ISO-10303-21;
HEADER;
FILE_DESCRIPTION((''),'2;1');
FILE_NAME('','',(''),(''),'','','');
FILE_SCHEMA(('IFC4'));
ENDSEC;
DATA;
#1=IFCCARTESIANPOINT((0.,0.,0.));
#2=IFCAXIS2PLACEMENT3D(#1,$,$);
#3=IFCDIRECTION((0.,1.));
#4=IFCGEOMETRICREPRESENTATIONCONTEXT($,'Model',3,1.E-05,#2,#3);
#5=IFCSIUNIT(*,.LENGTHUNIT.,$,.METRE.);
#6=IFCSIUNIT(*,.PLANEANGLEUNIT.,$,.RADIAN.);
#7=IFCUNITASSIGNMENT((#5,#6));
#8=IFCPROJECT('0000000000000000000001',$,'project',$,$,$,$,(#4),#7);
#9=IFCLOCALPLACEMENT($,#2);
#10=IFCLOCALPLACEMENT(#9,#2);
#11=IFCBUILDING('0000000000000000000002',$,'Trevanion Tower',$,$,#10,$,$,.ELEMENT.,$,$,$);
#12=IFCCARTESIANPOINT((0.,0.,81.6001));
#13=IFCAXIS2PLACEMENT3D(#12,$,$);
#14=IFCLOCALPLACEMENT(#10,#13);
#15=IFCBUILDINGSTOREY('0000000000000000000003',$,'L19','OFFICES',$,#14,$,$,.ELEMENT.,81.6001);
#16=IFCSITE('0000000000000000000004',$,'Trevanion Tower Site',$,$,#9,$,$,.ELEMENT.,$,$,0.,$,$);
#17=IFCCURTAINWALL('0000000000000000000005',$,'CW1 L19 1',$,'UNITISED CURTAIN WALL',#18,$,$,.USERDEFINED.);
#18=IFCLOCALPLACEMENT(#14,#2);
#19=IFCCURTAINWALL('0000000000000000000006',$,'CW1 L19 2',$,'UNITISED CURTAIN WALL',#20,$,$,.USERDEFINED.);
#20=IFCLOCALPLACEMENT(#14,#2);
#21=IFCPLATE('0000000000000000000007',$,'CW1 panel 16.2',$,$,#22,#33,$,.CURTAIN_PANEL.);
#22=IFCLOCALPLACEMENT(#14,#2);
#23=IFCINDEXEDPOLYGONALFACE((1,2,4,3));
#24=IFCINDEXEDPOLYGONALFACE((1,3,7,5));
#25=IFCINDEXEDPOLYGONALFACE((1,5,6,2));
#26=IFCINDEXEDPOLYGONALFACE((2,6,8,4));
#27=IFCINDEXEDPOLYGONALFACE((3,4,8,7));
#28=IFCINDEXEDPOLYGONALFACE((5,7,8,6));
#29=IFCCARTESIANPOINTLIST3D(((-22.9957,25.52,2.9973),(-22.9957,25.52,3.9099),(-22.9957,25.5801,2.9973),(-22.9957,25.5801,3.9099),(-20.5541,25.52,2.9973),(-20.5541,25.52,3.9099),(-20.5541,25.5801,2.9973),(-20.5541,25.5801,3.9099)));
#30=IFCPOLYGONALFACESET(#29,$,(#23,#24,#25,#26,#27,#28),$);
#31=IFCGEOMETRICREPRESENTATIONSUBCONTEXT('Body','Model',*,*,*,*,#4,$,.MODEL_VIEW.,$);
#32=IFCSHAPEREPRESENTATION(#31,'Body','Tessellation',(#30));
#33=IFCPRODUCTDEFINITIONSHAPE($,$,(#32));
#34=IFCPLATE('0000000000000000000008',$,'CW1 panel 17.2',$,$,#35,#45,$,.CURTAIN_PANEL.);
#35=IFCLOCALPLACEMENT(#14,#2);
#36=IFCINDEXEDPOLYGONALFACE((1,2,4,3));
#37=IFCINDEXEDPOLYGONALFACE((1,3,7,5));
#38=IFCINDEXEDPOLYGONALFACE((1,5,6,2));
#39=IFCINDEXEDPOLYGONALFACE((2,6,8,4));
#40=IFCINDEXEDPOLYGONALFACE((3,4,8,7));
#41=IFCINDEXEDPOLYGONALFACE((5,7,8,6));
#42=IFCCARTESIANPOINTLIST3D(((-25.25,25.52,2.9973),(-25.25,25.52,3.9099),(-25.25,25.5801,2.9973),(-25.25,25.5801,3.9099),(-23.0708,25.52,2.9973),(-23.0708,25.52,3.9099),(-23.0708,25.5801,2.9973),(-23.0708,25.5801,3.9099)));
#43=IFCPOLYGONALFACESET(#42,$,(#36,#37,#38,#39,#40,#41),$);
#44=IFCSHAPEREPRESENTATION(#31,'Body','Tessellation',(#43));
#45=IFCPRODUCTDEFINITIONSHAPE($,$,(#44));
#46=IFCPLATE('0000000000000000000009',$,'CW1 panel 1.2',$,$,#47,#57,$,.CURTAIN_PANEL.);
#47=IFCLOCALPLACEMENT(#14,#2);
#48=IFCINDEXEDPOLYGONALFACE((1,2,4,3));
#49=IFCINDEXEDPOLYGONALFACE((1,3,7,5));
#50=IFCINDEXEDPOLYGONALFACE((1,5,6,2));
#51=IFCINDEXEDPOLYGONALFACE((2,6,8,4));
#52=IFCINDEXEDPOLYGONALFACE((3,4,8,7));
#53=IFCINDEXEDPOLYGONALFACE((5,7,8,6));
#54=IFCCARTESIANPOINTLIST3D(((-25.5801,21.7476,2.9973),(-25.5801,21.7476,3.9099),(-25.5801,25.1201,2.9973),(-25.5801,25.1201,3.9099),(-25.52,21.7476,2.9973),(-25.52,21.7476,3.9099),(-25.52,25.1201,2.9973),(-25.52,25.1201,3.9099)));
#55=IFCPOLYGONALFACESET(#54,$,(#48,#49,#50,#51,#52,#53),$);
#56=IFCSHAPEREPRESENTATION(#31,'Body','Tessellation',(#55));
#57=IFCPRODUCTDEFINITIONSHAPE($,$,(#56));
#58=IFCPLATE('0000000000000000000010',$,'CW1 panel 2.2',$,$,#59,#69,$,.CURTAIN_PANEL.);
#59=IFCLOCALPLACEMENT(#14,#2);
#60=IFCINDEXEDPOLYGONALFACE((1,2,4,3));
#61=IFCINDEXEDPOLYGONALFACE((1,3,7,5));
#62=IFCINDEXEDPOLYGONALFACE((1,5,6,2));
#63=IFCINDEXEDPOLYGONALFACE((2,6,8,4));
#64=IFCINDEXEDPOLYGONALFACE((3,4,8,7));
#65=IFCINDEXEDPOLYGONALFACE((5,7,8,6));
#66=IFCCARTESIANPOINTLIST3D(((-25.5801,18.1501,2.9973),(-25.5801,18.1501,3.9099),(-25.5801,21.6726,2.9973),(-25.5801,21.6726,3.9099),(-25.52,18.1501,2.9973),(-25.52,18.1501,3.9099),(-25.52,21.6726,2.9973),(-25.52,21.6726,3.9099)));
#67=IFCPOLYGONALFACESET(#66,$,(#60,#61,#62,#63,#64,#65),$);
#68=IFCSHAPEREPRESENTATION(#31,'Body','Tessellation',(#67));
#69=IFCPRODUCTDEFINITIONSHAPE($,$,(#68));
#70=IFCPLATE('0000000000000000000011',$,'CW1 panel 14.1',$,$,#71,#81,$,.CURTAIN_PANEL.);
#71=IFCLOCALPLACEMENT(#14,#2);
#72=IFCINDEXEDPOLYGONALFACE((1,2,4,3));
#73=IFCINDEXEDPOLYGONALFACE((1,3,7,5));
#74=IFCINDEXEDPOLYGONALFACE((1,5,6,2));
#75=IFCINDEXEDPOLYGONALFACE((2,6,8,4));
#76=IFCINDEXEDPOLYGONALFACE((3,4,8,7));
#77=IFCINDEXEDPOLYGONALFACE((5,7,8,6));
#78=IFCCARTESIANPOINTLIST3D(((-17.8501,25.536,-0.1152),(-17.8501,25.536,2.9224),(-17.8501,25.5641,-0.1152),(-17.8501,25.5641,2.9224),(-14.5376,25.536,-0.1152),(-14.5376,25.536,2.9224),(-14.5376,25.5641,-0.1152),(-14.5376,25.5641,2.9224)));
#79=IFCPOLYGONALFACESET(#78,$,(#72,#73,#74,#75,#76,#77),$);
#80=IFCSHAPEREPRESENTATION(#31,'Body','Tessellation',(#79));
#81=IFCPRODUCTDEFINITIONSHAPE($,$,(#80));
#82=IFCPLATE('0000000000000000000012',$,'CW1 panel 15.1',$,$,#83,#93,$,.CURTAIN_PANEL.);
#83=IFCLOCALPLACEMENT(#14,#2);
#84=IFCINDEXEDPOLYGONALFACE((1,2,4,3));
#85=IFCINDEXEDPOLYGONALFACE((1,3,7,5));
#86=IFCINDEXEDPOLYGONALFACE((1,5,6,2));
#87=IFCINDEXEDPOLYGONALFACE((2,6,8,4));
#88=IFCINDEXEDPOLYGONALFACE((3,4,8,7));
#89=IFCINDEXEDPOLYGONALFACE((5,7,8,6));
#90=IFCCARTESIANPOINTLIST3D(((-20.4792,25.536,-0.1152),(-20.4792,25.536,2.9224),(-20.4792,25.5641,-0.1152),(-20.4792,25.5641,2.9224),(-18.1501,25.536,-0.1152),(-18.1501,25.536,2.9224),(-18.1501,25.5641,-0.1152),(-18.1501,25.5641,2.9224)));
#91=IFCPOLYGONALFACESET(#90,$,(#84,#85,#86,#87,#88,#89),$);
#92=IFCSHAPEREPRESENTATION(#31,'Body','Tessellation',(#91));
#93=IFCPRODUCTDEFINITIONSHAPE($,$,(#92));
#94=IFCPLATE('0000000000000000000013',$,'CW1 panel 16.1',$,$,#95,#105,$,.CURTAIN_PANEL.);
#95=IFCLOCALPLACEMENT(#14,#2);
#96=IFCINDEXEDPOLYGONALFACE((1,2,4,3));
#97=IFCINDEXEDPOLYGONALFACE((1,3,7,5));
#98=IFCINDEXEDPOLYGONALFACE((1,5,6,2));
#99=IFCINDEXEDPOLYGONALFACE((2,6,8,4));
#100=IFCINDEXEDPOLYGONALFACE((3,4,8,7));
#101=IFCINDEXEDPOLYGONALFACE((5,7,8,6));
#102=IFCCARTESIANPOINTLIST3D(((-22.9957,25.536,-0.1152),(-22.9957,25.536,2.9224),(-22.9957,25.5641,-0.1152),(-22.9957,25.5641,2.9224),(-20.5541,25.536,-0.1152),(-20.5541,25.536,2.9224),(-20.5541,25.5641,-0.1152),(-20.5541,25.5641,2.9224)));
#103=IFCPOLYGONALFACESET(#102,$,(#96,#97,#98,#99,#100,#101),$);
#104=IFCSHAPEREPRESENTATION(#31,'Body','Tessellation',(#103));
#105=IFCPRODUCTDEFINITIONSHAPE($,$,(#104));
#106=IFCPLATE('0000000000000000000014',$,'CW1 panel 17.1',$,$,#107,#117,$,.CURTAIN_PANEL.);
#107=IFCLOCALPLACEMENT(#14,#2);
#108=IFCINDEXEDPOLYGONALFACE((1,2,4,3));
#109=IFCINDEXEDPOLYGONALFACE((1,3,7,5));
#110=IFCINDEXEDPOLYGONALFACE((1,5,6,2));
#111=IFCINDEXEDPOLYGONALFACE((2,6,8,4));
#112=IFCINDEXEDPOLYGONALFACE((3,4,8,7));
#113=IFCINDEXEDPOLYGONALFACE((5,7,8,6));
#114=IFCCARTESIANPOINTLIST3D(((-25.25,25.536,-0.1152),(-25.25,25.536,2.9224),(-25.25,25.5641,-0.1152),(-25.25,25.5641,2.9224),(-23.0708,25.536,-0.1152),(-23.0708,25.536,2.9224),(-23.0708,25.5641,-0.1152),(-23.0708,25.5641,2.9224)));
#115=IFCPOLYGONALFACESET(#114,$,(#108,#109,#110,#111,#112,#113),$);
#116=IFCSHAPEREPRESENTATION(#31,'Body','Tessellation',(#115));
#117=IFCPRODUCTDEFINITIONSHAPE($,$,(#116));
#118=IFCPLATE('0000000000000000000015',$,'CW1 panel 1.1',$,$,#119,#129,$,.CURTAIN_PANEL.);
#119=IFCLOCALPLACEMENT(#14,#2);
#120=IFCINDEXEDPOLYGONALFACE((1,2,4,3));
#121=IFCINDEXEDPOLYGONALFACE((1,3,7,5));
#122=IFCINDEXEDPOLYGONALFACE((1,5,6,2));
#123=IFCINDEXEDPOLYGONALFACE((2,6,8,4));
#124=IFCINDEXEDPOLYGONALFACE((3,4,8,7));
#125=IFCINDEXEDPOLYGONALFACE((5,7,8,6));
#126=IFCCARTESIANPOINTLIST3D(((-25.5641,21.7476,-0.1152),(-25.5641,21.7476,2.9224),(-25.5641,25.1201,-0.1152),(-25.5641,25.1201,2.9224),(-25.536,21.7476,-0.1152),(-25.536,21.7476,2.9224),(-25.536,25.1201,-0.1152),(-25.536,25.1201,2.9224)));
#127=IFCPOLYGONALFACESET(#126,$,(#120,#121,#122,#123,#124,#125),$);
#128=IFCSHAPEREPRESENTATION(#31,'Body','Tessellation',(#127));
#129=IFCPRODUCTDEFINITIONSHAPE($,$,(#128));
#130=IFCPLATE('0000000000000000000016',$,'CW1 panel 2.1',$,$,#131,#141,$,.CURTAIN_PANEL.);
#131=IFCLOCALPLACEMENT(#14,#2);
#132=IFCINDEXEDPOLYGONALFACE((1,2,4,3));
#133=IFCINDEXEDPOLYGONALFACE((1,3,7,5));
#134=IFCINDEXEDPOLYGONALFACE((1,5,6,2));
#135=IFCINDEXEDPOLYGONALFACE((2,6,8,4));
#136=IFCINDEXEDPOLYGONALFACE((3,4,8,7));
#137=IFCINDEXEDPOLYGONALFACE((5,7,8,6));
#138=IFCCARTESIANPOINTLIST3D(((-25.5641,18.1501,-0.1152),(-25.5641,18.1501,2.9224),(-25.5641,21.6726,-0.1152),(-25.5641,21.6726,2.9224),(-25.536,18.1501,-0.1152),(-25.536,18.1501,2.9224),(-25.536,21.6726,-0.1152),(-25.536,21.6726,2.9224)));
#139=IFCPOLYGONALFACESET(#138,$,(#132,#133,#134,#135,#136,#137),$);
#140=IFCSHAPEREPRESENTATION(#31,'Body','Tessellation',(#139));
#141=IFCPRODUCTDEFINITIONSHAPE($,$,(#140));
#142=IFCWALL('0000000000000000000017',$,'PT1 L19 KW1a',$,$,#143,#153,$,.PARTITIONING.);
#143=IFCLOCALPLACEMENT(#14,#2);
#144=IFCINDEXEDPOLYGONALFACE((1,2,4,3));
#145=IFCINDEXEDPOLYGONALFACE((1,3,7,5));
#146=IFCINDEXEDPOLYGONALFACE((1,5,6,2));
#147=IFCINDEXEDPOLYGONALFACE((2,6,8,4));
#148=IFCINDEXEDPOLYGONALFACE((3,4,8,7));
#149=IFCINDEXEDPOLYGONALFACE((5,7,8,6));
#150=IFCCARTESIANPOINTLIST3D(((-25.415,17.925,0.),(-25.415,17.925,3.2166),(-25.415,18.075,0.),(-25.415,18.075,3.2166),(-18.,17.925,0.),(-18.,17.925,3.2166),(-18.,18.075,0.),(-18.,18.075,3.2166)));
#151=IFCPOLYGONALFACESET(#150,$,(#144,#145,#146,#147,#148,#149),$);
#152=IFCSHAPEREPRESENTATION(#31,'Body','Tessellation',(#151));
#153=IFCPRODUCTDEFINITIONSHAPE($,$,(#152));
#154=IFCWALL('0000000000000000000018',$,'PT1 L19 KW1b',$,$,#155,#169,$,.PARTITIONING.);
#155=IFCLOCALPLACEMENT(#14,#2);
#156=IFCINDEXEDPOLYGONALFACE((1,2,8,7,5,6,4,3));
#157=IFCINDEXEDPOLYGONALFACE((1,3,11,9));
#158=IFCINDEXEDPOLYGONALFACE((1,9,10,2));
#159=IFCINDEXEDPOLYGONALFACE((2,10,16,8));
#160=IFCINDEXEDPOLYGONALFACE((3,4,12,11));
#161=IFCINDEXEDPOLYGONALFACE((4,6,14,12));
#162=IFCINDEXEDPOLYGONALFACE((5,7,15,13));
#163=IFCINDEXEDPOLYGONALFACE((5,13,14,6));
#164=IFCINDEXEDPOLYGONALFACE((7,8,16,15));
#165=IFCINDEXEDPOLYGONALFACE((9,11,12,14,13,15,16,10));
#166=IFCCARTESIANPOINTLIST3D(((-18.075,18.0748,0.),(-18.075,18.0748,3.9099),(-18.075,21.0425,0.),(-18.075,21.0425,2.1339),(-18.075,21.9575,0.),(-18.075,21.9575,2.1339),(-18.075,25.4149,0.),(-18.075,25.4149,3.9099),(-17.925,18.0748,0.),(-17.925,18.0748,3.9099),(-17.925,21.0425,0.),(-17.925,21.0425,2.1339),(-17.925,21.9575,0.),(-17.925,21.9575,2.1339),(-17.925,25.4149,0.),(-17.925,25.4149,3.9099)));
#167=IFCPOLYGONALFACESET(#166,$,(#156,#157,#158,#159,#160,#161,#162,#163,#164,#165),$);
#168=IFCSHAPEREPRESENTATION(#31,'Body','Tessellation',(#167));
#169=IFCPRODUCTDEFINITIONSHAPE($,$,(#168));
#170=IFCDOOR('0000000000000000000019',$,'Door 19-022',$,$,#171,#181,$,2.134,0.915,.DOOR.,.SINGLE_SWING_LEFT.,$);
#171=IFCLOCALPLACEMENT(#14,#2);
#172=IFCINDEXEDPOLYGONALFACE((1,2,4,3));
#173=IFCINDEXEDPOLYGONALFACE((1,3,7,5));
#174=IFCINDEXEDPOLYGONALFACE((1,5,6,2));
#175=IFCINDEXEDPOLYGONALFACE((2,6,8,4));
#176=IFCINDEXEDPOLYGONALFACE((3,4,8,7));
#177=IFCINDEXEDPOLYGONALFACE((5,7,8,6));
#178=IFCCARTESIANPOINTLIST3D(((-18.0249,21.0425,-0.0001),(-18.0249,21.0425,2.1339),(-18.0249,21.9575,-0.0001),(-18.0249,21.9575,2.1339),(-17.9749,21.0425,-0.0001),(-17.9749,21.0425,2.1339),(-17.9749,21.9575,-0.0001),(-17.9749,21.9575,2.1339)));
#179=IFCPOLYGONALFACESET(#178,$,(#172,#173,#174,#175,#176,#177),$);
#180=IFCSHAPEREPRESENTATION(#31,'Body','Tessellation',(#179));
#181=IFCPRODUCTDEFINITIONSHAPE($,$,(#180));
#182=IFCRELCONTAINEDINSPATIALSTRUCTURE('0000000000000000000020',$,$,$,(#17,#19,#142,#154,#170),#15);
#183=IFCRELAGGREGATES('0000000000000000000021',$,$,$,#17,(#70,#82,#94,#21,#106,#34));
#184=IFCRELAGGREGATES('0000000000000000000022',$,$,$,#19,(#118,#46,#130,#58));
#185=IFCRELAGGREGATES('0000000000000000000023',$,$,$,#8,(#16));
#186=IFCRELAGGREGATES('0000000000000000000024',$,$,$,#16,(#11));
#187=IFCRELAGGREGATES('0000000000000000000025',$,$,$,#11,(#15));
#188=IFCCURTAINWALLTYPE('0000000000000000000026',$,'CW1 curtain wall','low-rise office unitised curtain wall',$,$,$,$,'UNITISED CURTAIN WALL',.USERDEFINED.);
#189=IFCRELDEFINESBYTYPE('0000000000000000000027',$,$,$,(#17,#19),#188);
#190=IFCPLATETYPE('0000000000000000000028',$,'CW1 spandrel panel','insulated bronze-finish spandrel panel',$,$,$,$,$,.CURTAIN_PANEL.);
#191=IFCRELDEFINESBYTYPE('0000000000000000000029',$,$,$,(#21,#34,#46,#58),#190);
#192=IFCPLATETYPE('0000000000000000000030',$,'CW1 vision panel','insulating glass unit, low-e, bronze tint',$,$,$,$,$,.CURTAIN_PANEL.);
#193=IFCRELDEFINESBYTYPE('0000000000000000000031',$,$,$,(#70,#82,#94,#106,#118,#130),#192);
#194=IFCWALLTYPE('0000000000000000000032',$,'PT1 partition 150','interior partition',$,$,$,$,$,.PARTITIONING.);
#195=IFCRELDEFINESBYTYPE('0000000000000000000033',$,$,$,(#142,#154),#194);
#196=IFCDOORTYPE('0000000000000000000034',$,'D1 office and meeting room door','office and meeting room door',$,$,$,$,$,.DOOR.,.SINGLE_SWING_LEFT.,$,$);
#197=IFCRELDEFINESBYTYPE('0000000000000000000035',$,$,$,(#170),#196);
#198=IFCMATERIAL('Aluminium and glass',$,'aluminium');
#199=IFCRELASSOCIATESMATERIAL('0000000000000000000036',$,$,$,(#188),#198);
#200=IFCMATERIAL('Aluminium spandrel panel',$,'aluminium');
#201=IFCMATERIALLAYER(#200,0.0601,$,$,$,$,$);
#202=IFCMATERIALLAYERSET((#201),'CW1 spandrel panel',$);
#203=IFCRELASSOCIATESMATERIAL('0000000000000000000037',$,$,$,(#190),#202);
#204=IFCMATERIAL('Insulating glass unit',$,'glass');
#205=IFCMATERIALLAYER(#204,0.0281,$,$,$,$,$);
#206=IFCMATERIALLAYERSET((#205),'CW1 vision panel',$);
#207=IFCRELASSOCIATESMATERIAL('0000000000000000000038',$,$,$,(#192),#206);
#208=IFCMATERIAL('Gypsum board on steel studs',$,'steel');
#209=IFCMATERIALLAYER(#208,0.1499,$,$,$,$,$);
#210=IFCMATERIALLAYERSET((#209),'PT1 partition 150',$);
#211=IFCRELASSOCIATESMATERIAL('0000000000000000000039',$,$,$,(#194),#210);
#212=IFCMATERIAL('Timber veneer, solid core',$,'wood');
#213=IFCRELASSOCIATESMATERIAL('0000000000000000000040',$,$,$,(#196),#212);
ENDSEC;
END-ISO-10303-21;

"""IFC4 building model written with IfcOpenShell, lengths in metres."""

from ifc_helpers import new_model, si_unit, direction, frame, frame_2d, origin, origin_2d, place, context, subcontext, project, spatial, rectangle, extrude, material, layer, layer_set, type_object, element, fill, aggregate, save


model = new_model("IFC4")

# Units and contexts
model_context = context("Model", 3, precision=1e-05, world=origin(), true_north=direction((0.0, 1.0)))
body_context = subcontext(model_context, "Body", "Model", "MODEL_VIEW")
ifc_project = project(units=[si_unit("LENGTHUNIT", "METRE"), si_unit("PLANEANGLEUNIT", "RADIAN")], contexts=[model_context])

# Site, building, storey
site_placement = place(None, origin())
site = spatial("IfcSite", under=ifc_project, at=site_placement, Name="Trevanion Tower Site", CompositionType="ELEMENT", RefElevation=0.0)
building_placement = place(site_placement, origin())
building = spatial("IfcBuilding", under=site, at=building_placement, Name="Trevanion Tower", CompositionType="ELEMENT")
storey_placement = place(building_placement, frame((0.0, 0.0, 81.6001)))
storey = spatial("IfcBuildingStorey", under=building, at=storey_placement, Name="L19", Description="OFFICES", CompositionType="ELEMENT", Elevation=81.6001)

# Curtain wall
ifc_material_1 = material(Name="Aluminium and glass", Category="aluminium")
curtain_wall_type = type_object("IfcCurtainWallType", Name="CW1 curtain wall", Description="low-rise office unitised curtain wall", ElementType="UNITISED CURTAIN WALL", PredefinedType="USERDEFINED", material=ifc_material_1)
curtain_wall_1_placement = place(storey_placement, origin())
curtain_wall_1 = element("IfcCurtainWall", 1, at=curtain_wall_1_placement, inside=storey, type_object=curtain_wall_type, Name="CW1 L19 1", ObjectType="UNITISED CURTAIN WALL", PredefinedType="USERDEFINED")

# Curtain wall
curtain_wall_2_placement = place(storey_placement, origin())
curtain_wall_2 = element("IfcCurtainWall", 2, at=curtain_wall_2_placement, inside=storey, type_object=curtain_wall_type, Name="CW1 L19 2", ObjectType="UNITISED CURTAIN WALL", PredefinedType="USERDEFINED")

# Plates
ifc_material_2 = material(Name="Aluminium spandrel panel", Category="aluminium")
ifc_layer_1 = layer(ifc_material_2, 0.0601)
ifc_layer_set_1 = layer_set([ifc_layer_1], Name="CW1 spandrel panel")
plate_type_1 = type_object("IfcPlateType", Name="CW1 spandrel panel", Description="insulated bronze-finish spandrel panel", PredefinedType="CURTAIN_PANEL", material=ifc_layer_set_1)
plate_1_placement = place(storey_placement, frame((-21.7749, 25.55, 2.9973), z_axis=(0.0, 0.0, 1.0), x_axis=(-1.0, 0.0, 0.0)))
plate_1 = element("IfcPlate", 3, at=plate_1_placement, type_object=plate_type_1, Name="CW1 panel 16.2", PredefinedType="CURTAIN_PANEL", context=body_context, shape_type="SweptSolid", body=[
    extrude(rectangle(XDim=2.4417, YDim=0.0601, at=origin_2d()), origin(), (0.0, 0.0, 1.0), 0.9126),
])
plate_2_placement = place(storey_placement, frame((-24.1604, 25.55, 2.9973), z_axis=(0.0, 0.0, 1.0), x_axis=(-1.0, 0.0, 0.0)))
plate_2 = element("IfcPlate", 4, at=plate_2_placement, type_object=plate_type_1, Name="CW1 panel 17.2", PredefinedType="CURTAIN_PANEL", context=body_context, shape_type="SweptSolid", body=[
    extrude(rectangle(XDim=2.1792, YDim=0.0601, at=origin_2d()), origin(), (0.0, 0.0, 1.0), 0.9126),
])
plate_3_placement = place(storey_placement, frame((-25.55, 23.4338, 2.9973), z_axis=(0.0, 0.0, 1.0), x_axis=(0.0, -1.0, 0.0)))
plate_3 = element("IfcPlate", 5, at=plate_3_placement, type_object=plate_type_1, Name="CW1 panel 1.2", PredefinedType="CURTAIN_PANEL", context=body_context, shape_type="SweptSolid", body=[
    extrude(rectangle(XDim=3.3726, YDim=0.0601, at=origin_2d()), origin(), (0.0, 0.0, 1.0), 0.9126),
])
plate_4_placement = place(storey_placement, frame((-25.55, 19.9114, 2.9973), z_axis=(0.0, 0.0, 1.0), x_axis=(0.0, -1.0, 0.0)))
plate_4 = element("IfcPlate", 6, at=plate_4_placement, type_object=plate_type_1, Name="CW1 panel 2.2", PredefinedType="CURTAIN_PANEL", context=body_context, shape_type="SweptSolid", body=[
    extrude(rectangle(XDim=3.5225, YDim=0.0601, at=origin_2d()), origin(), (0.0, 0.0, 1.0), 0.9126),
])
ifc_material_3 = material(Name="Insulating glass unit", Category="glass")
ifc_layer_2 = layer(ifc_material_3, 0.0281)
ifc_layer_set_2 = layer_set([ifc_layer_2], Name="CW1 vision panel")
plate_type_2 = type_object("IfcPlateType", Name="CW1 vision panel", Description="insulating glass unit, low-e, bronze tint", PredefinedType="CURTAIN_PANEL", material=ifc_layer_set_2)
plate_5_placement = place(storey_placement, frame((-16.1938, 25.55, -0.1152), z_axis=(0.0, 0.0, 1.0), x_axis=(-1.0, 0.0, 0.0)))
plate_5 = element("IfcPlate", 7, at=plate_5_placement, type_object=plate_type_2, Name="CW1 panel 14.1", PredefinedType="CURTAIN_PANEL", context=body_context, shape_type="SweptSolid", body=[
    extrude(rectangle(XDim=3.3125, YDim=0.0281, at=origin_2d()), origin(), (0.0, 0.0, 1.0), 3.0376),
])
plate_6_placement = place(storey_placement, frame((-19.3147, 25.55, -0.1152), z_axis=(0.0, 0.0, 1.0), x_axis=(-1.0, 0.0, 0.0)))
plate_6 = element("IfcPlate", 8, at=plate_6_placement, type_object=plate_type_2, Name="CW1 panel 15.1", PredefinedType="CURTAIN_PANEL", context=body_context, shape_type="SweptSolid", body=[
    extrude(rectangle(XDim=2.3291, YDim=0.0281, at=origin_2d()), origin(), (0.0, 0.0, 1.0), 3.0376),
])
plate_7_placement = place(storey_placement, frame((-21.7749, 25.55, -0.1152), z_axis=(0.0, 0.0, 1.0), x_axis=(-1.0, 0.0, 0.0)))
plate_7 = element("IfcPlate", 9, at=plate_7_placement, type_object=plate_type_2, Name="CW1 panel 16.1", PredefinedType="CURTAIN_PANEL", context=body_context, shape_type="SweptSolid", body=[
    extrude(rectangle(XDim=2.4417, YDim=0.0281, at=origin_2d()), origin(), (0.0, 0.0, 1.0), 3.0376),
])
plate_8_placement = place(storey_placement, frame((-24.1604, 25.55, -0.1152), z_axis=(0.0, 0.0, 1.0), x_axis=(-1.0, 0.0, 0.0)))
plate_8 = element("IfcPlate", 10, at=plate_8_placement, type_object=plate_type_2, Name="CW1 panel 17.1", PredefinedType="CURTAIN_PANEL", context=body_context, shape_type="SweptSolid", body=[
    extrude(rectangle(XDim=2.1792, YDim=0.0281, at=origin_2d()), origin(), (0.0, 0.0, 1.0), 3.0376),
])
aggregate(curtain_wall_1, [plate_5, plate_6, plate_7, plate_1, plate_8, plate_2])
plate_9_placement = place(storey_placement, frame((-25.55, 23.4338, -0.1152), z_axis=(0.0, 0.0, 1.0), x_axis=(0.0, -1.0, 0.0)))
plate_9 = element("IfcPlate", 11, at=plate_9_placement, type_object=plate_type_2, Name="CW1 panel 1.1", PredefinedType="CURTAIN_PANEL", context=body_context, shape_type="SweptSolid", body=[
    extrude(rectangle(XDim=3.3726, YDim=0.0281, at=origin_2d()), origin(), (0.0, 0.0, 1.0), 3.0376),
])
plate_10_placement = place(storey_placement, frame((-25.55, 19.9114, -0.1152), z_axis=(0.0, 0.0, 1.0), x_axis=(0.0, -1.0, 0.0)))
plate_10 = element("IfcPlate", 12, at=plate_10_placement, type_object=plate_type_2, Name="CW1 panel 2.1", PredefinedType="CURTAIN_PANEL", context=body_context, shape_type="SweptSolid", body=[
    extrude(rectangle(XDim=3.5225, YDim=0.0281, at=origin_2d()), origin(), (0.0, 0.0, 1.0), 3.0376),
])
aggregate(curtain_wall_2, [plate_9, plate_3, plate_10, plate_4])

# Wall
ifc_material_4 = material(Name="Gypsum board on steel studs", Category="steel")
ifc_layer_3 = layer(ifc_material_4, 0.1499)
ifc_layer_set_3 = layer_set([ifc_layer_3], Name="PT1 partition 150")
wall_type = type_object("IfcWallType", Name="PT1 partition 150", Description="interior partition", PredefinedType="PARTITIONING", material=ifc_layer_set_3)
wall_1_placement = place(storey_placement, frame((-18.0, 18.0, 0.0), z_axis=(0.0, 0.0, 1.0), x_axis=(-1.0, 0.0, 0.0)))
element("IfcWall", 13, at=wall_1_placement, inside=storey, type_object=wall_type, Name="PT1 L19 KW1a", PredefinedType="PARTITIONING", context=body_context, shape_type="SweptSolid", body=[
    extrude(rectangle(XDim=7.415, YDim=0.1499, at=frame_2d((3.7075, 0.0))), origin(), (0.0, 0.0, 1.0), 3.2166),
])

# Wall, opening, door
wall_2_placement = place(storey_placement, frame((-18.0, 18.075, 0.0), z_axis=(0.0, 0.0, 1.0), x_axis=(0.0, 1.0, 0.0)))
wall_2 = element("IfcWall", 14, at=wall_2_placement, inside=storey, type_object=wall_type, Name="PT1 L19 KW1b", PredefinedType="PARTITIONING", context=body_context, shape_type="SweptSolid", body=[
    extrude(rectangle(XDim=7.3401, YDim=0.1499, at=frame_2d((3.6699, 0.0))), origin(), (0.0, 0.0, 1.0), 3.9099),
])
opening_placement = place(wall_2_placement, frame((2.9675, 0.0, 0.0)))
opening = element("IfcOpeningElement", 15, at=opening_placement, cuts=wall_2, PredefinedType="OPENING", context=body_context, shape_type="SweptSolid", body=[
    extrude(rectangle(XDim=0.915, YDim=2.134, at=frame_2d((0.4575, 1.0669))), frame((0.0, 0.085, 0.0), z_axis=(0.0, -1.0, 0.0), x_axis=(1.0, 0.0, 0.0)), (0.0, 0.0, 1.0), 0.1699),
])
ifc_material_5 = material(Name="Timber veneer, solid core", Category="wood")
door_type = type_object("IfcDoorType", Name="D1 office and meeting room door", Description="office and meeting room door", OperationType="SINGLE_SWING_LEFT", PredefinedType="DOOR", material=ifc_material_5)
door_placement = place(opening_placement, origin())
door = element("IfcDoor", 16, at=door_placement, inside=storey, type_object=door_type, Name="Door 19-022", OperationType="SINGLE_SWING_LEFT", OverallHeight=2.134, OverallWidth=0.915, PredefinedType="DOOR", context=body_context, shape_type="SweptSolid", body=[
    extrude(rectangle(XDim=0.915, YDim=2.134, at=frame_2d((0.4575, 1.0669))), frame((0.0, 0.0249, 0.0), z_axis=(0.0, -1.0, 0.0), x_axis=(1.0, 0.0, 0.0)), (0.0, 0.0, 1.0), 0.05),
])
fill(opening, door)

save(model, "model.ifc")
